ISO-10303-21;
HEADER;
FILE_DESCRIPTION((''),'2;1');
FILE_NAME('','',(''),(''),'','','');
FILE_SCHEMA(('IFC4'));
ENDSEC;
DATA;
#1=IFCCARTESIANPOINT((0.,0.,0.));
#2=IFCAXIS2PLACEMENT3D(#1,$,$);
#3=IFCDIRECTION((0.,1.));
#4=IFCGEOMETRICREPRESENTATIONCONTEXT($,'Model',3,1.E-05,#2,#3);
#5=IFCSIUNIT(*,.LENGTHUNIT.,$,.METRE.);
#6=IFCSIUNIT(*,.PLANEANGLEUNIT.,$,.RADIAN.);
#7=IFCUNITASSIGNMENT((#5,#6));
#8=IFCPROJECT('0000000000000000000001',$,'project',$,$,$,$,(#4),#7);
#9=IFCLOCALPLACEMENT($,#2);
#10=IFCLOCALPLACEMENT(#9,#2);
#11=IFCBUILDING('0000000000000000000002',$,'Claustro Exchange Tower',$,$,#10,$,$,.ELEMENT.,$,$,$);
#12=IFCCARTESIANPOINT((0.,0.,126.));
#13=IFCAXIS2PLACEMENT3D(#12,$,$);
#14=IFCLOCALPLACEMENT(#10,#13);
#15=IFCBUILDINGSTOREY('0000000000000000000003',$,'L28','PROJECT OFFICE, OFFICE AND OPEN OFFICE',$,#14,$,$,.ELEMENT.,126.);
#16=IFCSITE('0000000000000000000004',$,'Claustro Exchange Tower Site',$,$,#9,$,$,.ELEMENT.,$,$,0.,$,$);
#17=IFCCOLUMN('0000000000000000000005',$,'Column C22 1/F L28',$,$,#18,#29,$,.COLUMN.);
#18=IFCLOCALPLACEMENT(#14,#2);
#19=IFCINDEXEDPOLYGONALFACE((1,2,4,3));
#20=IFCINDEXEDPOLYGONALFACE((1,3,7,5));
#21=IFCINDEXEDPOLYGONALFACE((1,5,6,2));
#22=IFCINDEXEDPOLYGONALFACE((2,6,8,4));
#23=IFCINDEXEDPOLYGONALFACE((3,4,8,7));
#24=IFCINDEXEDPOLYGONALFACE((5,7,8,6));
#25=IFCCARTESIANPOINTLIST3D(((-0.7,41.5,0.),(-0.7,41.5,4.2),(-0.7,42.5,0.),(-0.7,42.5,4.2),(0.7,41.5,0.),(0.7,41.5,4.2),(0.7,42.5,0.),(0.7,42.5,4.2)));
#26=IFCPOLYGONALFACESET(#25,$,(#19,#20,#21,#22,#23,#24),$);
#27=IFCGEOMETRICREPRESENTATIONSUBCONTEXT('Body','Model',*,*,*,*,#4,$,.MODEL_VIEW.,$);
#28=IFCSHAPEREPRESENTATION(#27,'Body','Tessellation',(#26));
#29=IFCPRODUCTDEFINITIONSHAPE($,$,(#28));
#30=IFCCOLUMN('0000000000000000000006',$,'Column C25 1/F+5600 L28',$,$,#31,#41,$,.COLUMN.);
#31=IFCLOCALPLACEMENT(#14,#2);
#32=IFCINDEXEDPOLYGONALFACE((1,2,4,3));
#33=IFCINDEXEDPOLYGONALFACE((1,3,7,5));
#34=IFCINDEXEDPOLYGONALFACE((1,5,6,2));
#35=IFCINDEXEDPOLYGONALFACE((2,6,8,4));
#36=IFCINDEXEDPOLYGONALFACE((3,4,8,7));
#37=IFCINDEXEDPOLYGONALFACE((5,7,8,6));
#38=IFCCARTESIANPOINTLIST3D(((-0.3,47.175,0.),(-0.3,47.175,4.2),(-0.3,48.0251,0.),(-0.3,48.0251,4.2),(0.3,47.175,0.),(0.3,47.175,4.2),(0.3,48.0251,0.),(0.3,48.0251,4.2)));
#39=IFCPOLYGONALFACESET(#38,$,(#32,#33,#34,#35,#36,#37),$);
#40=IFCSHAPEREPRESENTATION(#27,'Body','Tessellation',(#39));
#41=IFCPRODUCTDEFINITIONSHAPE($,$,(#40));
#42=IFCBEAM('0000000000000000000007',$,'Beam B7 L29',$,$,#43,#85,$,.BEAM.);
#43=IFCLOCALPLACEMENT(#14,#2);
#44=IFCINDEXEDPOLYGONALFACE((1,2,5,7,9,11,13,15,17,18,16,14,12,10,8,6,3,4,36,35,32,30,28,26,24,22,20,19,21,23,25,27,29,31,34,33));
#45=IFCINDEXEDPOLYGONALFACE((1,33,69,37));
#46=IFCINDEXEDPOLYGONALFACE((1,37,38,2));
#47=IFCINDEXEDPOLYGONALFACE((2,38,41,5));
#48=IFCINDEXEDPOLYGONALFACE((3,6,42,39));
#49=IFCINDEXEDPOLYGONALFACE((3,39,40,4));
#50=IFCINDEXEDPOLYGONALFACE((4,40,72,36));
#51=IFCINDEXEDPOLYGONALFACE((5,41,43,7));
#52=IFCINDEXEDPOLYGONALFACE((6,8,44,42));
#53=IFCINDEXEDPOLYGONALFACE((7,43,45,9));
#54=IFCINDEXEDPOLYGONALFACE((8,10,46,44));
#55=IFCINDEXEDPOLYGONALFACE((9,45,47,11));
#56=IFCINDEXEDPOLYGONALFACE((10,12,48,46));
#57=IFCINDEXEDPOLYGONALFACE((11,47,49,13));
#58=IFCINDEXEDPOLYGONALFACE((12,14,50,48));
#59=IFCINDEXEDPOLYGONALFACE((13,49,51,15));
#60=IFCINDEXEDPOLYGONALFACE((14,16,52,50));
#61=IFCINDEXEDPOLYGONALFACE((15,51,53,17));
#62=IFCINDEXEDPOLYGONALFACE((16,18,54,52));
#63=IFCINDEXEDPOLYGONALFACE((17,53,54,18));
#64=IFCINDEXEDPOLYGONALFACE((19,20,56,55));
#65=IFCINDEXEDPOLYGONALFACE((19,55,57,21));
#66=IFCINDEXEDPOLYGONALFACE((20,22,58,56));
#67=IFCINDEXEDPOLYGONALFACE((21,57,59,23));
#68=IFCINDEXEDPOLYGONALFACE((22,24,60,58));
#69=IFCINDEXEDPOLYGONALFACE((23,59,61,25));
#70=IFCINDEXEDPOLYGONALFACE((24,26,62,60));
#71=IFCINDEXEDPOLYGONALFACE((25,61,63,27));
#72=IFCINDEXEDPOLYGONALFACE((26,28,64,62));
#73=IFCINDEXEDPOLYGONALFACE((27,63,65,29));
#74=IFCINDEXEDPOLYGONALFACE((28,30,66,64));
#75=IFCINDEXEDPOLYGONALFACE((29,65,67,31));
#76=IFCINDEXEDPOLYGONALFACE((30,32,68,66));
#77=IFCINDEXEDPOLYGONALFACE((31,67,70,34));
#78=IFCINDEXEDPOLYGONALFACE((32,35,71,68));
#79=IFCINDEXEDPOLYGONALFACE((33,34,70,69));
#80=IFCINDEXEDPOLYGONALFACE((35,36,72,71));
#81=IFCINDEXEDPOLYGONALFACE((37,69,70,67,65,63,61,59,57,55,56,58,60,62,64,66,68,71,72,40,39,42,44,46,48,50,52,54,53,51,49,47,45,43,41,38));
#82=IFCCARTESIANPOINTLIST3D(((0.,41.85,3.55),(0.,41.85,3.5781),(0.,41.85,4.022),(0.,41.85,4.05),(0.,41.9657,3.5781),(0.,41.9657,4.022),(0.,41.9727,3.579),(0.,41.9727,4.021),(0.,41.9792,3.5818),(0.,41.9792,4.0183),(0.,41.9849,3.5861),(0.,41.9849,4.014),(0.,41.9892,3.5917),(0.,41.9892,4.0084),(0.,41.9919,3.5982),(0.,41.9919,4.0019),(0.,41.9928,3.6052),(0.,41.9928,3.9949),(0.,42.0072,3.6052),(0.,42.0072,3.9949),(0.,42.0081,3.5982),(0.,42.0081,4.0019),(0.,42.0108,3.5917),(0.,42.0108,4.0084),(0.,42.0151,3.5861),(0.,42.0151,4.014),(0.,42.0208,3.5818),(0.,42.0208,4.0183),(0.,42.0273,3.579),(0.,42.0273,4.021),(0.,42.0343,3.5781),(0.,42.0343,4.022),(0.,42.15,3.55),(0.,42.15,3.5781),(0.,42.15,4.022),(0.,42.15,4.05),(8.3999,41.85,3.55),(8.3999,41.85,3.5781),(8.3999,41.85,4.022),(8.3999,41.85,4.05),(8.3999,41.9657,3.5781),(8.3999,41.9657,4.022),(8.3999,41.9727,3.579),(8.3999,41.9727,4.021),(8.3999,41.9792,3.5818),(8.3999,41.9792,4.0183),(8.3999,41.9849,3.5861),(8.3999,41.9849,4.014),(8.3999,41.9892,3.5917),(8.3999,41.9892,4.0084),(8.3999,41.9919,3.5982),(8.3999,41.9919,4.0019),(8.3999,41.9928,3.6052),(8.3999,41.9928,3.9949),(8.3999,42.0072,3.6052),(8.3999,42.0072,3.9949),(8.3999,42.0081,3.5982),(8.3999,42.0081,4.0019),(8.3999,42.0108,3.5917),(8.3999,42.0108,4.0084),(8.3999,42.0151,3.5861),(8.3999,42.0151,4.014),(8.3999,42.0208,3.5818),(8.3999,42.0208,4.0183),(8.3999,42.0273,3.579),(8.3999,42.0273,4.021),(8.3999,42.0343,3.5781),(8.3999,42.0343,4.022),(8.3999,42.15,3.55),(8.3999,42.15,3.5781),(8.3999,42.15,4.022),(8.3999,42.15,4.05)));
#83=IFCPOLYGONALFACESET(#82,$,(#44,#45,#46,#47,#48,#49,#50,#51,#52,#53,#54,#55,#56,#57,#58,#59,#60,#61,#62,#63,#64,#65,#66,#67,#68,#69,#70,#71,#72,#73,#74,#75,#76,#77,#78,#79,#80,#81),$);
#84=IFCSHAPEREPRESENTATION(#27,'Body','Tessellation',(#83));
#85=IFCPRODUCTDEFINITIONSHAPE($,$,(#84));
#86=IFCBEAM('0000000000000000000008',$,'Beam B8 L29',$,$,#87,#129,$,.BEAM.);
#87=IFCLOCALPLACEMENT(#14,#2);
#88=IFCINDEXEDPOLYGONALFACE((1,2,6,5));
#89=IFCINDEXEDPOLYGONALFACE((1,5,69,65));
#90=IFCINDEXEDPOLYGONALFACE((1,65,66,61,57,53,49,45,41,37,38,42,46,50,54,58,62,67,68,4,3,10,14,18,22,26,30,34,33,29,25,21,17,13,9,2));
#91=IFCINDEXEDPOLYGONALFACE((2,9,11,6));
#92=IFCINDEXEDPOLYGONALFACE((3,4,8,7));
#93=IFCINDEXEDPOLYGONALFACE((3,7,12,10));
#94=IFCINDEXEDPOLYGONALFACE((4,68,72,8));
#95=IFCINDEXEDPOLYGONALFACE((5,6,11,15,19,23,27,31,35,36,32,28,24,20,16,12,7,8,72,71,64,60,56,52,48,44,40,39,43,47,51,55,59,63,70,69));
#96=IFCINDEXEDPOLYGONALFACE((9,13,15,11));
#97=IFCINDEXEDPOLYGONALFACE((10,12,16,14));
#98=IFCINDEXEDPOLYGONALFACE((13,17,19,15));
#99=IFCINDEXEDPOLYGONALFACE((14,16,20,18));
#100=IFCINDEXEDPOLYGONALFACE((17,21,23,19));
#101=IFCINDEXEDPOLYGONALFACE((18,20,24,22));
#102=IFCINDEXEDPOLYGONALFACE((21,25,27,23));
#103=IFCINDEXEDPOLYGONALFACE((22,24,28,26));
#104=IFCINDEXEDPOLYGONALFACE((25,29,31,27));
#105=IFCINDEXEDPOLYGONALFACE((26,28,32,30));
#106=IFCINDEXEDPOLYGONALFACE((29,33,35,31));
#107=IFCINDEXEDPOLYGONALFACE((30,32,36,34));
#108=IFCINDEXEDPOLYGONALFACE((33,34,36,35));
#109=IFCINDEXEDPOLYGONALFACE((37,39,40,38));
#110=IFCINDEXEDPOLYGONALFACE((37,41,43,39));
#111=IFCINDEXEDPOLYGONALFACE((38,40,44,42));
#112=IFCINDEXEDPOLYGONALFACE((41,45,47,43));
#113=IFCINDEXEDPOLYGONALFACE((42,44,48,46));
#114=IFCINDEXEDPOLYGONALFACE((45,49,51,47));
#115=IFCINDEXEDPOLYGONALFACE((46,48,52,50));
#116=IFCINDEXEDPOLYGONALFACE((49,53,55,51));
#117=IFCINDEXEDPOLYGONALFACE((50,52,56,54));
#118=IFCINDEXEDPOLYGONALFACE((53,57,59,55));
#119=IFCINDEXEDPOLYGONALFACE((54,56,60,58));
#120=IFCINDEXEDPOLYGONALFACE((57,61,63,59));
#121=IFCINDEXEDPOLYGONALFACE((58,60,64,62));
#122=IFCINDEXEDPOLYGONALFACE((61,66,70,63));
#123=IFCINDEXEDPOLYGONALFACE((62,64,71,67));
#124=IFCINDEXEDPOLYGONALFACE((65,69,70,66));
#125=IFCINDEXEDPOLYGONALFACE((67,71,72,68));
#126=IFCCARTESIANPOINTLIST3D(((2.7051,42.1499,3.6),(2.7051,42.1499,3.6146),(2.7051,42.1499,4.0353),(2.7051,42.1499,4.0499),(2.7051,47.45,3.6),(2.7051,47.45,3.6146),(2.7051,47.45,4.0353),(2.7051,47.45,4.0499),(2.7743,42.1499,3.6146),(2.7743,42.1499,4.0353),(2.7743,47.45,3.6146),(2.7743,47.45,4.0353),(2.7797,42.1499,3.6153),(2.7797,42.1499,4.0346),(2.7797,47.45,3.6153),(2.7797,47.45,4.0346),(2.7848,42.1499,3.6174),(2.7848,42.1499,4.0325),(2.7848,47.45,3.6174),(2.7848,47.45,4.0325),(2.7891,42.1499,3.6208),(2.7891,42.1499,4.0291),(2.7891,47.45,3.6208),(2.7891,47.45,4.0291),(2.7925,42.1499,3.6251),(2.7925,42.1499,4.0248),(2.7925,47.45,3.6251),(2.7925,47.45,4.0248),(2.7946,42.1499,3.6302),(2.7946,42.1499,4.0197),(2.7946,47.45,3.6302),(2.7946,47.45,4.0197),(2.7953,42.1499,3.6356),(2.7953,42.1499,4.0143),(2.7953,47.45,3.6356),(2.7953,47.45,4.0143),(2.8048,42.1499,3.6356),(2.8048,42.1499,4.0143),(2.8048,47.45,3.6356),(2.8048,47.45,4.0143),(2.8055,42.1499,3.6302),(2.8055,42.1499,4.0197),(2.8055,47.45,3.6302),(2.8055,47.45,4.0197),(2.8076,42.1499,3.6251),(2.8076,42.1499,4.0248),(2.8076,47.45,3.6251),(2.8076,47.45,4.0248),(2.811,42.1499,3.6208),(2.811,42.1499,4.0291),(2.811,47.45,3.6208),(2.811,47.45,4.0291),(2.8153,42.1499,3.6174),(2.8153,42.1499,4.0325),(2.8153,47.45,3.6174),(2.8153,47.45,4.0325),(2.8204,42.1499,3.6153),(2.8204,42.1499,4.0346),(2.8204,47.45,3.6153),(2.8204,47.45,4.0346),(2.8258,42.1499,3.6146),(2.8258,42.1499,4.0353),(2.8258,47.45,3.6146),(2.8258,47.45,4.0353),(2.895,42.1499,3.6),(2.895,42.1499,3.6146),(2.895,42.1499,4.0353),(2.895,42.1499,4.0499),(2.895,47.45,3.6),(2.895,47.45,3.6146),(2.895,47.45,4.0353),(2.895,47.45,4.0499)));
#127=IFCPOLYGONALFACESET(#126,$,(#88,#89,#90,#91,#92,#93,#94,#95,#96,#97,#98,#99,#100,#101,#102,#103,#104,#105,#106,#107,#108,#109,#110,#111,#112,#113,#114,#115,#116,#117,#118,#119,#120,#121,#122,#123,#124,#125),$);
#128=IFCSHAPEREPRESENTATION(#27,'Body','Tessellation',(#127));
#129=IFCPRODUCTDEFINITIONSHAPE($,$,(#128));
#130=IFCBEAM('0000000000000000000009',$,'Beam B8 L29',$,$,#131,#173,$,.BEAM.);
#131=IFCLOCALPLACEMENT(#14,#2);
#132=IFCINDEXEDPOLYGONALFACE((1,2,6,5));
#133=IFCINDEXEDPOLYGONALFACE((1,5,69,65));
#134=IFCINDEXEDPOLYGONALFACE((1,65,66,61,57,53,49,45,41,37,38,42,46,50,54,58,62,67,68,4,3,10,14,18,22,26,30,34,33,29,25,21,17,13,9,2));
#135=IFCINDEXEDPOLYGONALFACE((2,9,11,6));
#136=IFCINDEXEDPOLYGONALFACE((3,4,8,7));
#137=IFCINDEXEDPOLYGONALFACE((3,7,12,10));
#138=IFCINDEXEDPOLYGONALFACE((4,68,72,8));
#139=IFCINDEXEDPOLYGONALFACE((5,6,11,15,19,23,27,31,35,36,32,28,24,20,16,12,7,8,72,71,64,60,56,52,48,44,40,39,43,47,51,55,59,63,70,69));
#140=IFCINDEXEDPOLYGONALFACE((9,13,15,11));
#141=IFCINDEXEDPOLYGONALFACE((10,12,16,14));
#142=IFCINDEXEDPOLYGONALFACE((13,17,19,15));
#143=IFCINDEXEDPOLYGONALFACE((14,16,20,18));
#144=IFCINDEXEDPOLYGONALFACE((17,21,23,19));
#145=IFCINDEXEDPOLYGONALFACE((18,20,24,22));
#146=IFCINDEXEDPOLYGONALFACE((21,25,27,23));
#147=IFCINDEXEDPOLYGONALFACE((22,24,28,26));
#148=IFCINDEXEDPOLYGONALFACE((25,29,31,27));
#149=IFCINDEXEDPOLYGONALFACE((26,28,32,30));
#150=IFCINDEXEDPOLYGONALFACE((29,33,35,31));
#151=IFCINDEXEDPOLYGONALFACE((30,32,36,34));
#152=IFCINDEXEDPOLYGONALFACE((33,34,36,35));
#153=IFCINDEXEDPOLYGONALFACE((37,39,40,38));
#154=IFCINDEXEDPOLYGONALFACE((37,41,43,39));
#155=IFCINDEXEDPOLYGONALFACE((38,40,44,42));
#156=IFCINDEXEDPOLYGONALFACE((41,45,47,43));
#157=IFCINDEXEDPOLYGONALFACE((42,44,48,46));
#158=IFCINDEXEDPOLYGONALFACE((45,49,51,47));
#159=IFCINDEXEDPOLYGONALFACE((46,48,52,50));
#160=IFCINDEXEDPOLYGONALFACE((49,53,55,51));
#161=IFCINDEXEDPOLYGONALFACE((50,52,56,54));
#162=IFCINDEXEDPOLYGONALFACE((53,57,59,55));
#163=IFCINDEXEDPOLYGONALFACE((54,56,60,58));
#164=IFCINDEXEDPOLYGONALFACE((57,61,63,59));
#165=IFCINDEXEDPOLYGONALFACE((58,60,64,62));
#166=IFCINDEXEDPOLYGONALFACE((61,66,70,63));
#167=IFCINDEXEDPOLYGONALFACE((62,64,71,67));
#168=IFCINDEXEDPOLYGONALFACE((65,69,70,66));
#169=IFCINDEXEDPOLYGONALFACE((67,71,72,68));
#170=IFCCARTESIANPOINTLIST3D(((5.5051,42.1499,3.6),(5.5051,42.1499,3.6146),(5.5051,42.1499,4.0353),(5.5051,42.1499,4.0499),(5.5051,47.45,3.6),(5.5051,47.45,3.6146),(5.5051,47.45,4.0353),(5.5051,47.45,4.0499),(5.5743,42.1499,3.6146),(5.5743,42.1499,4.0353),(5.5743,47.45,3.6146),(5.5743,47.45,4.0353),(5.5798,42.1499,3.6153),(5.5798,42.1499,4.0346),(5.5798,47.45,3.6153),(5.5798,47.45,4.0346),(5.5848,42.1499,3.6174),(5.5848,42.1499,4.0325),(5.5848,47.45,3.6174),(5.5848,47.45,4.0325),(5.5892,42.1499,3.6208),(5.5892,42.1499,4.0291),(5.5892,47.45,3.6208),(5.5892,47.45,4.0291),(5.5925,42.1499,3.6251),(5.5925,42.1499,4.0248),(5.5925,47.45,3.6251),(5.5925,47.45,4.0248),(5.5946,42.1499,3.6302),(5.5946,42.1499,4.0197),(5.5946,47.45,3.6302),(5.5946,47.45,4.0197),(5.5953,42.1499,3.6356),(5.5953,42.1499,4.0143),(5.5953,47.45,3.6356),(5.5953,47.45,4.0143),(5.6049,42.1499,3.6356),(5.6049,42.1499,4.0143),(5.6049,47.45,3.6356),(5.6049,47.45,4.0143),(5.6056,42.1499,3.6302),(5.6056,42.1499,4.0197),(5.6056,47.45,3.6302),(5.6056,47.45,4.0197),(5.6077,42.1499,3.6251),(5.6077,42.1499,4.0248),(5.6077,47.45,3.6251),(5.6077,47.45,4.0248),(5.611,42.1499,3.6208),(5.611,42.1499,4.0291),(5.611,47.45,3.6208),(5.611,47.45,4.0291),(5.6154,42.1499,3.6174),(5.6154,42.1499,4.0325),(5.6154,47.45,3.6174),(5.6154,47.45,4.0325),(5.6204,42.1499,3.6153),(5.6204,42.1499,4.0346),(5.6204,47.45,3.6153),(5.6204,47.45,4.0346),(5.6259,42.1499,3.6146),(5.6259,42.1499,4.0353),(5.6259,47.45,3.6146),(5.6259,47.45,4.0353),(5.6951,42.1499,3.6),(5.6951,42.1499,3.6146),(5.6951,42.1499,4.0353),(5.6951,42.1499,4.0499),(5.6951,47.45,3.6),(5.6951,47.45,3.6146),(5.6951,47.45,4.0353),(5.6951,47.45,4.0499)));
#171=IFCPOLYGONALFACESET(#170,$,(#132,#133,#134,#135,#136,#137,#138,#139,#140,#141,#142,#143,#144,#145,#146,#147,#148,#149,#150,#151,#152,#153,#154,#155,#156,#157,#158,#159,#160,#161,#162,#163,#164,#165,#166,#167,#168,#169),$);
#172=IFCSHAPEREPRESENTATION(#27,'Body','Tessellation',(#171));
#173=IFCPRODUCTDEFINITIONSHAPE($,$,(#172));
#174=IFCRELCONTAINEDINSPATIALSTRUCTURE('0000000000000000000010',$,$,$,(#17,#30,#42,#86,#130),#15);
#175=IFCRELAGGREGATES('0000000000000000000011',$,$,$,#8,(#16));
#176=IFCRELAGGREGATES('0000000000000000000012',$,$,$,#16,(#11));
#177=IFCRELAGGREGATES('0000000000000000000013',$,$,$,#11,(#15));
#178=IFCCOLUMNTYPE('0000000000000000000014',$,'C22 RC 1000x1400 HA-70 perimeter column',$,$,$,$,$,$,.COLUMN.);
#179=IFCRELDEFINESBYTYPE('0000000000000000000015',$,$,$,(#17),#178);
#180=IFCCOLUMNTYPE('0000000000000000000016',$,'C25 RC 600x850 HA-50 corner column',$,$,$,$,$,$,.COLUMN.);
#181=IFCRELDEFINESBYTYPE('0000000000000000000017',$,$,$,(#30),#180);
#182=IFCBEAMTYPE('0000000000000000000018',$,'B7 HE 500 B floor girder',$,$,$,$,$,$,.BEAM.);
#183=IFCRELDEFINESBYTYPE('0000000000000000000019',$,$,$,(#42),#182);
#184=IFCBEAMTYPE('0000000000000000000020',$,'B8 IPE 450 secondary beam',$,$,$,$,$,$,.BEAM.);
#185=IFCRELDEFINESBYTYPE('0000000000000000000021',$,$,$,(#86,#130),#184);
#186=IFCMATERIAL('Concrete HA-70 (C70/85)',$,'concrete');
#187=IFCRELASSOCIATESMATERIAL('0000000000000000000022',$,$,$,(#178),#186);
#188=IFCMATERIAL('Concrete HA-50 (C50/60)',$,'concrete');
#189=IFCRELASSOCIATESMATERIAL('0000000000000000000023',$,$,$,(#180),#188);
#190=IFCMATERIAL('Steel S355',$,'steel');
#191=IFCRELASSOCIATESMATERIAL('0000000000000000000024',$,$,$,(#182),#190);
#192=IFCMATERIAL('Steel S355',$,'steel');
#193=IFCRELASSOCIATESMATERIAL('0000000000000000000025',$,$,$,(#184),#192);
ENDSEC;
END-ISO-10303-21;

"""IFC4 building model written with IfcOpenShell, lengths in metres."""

from ifc_helpers import new_model, si_unit, direction, frame, origin, origin_2d, place, context, subcontext, project, spatial, rectangle, i_section, extrude, material, material_profile, profile_set, type_object, element, save


model = new_model("IFC4")

# Units and contexts
model_context = context("Model", 3, precision=1e-05, world=origin(), true_north=direction((0.0, 1.0)))
body_context = subcontext(model_context, "Body", "Model", "MODEL_VIEW")
ifc_project = project(units=[si_unit("LENGTHUNIT", "METRE"), si_unit("PLANEANGLEUNIT", "RADIAN")], contexts=[model_context])

# Site, building, storey
site_placement = place(None, origin())
site = spatial("IfcSite", under=ifc_project, at=site_placement, Name="Claustro Exchange Tower Site", CompositionType="ELEMENT", RefElevation=0.0)
building_placement = place(site_placement, origin())
building = spatial("IfcBuilding", under=site, at=building_placement, Name="Claustro Exchange Tower", CompositionType="ELEMENT")
storey_placement = place(building_placement, frame((0.0, 0.0, 126.0)))
storey = spatial("IfcBuildingStorey", under=building, at=storey_placement, Name="L28", Description="PROJECT OFFICE, OFFICE AND OPEN OFFICE", CompositionType="ELEMENT", Elevation=126.0)

# Columns
ifc_material_1 = material(Name="Concrete HA-70 (C70/85)", Category="concrete")
ifc_material_profile_1 = material_profile(ifc_material_1, rectangle(XDim=1.0, YDim=1.3999, at=origin_2d()), Name="RC 1000x1400")
ifc_profile_set_1 = profile_set([ifc_material_profile_1], Name="Concrete HA-70 (C70/85)")
column_type_1 = type_object("IfcColumnType", Name="C22 RC 1000x1400 HA-70 perimeter column", PredefinedType="COLUMN", material=ifc_profile_set_1)
column_1_placement = place(storey_placement, frame((0.0, 42.0, 0.0), z_axis=(0.0, 0.0, 1.0), x_axis=(0.0, 1.0, 0.0)))
element("IfcColumn", 1, at=column_1_placement, inside=storey, type_object=column_type_1, Name="Column C22 1/F L28", PredefinedType="COLUMN", context=body_context, shape_type="SweptSolid", body=[
    extrude(rectangle(XDim=1.0, YDim=1.3999, at=origin_2d()), origin(), (0.0, 0.0, 1.0), 4.2),
])
ifc_material_2 = material(Name="Concrete HA-50 (C50/60)", Category="concrete")
ifc_material_profile_2 = material_profile(ifc_material_2, rectangle(XDim=0.6001, YDim=0.8501, at=origin_2d()), Name="RC 600x850")
ifc_profile_set_2 = profile_set([ifc_material_profile_2], Name="Concrete HA-50 (C50/60)")
column_type_2 = type_object("IfcColumnType", Name="C25 RC 600x850 HA-50 corner column", PredefinedType="COLUMN", material=ifc_profile_set_2)
column_2_placement = place(storey_placement, frame((0.0, 47.6001, 0.0), z_axis=(0.0, 0.0, 1.0), x_axis=(1.0, 0.0, 0.0)))
element("IfcColumn", 2, at=column_2_placement, inside=storey, type_object=column_type_2, Name="Column C25 1/F+5600 L28", PredefinedType="COLUMN", context=body_context, shape_type="SweptSolid", body=[
    extrude(rectangle(XDim=0.6001, YDim=0.8501, at=origin_2d()), origin(), (0.0, 0.0, 1.0), 4.2),
])

# Beams
ifc_material_3 = material(Name="Steel S355", Category="steel")
ifc_material_profile_3 = material_profile(ifc_material_3, i_section(OverallWidth=0.3, OverallDepth=0.5, WebThickness=0.0144, FlangeThickness=0.0281, FilletRadius=0.0271, at=origin_2d()), Name="HE 500 B")
ifc_profile_set_3 = profile_set([ifc_material_profile_3], Name="Steel S355")
beam_type_1 = type_object("IfcBeamType", Name="B7 HE 500 B floor girder", PredefinedType="BEAM", material=ifc_profile_set_3)
beam_1_placement = place(storey_placement, frame((0.0, 42.0, 3.8), z_axis=(1.0, 0.0, 0.0), x_axis=(0.0, 1.0, 0.0)))
element("IfcBeam", 3, at=beam_1_placement, inside=storey, type_object=beam_type_1, Name="Beam B7 L29", PredefinedType="BEAM", context=body_context, shape_type="SweptSolid", body=[
    extrude(i_section(OverallWidth=0.3, OverallDepth=0.5, WebThickness=0.0144, FlangeThickness=0.0281, FilletRadius=0.0271, at=origin_2d()), origin(), (0.0, 0.0, 1.0), 8.3999),
])
ifc_material_4 = material(Name="Steel S355", Category="steel")
ifc_material_profile_4 = material_profile(ifc_material_4, i_section(OverallWidth=0.1899, OverallDepth=0.45, WebThickness=0.0095, FlangeThickness=0.0146, FilletRadius=0.021, at=origin_2d()), Name="IPE 450")
ifc_profile_set_4 = profile_set([ifc_material_profile_4], Name="Steel S355")
beam_type_2 = type_object("IfcBeamType", Name="B8 IPE 450 secondary beam", PredefinedType="BEAM", material=ifc_profile_set_4)
for number, where, z_axis, x_axis, name in (
    (4, (2.8, 42.1499, 3.825), (0.0, 1.0, 0.0), (-1.0, 0.0, 0.0), "Beam B8 L29"),
    (5, (5.6001, 42.1499, 3.825), (0.0, 1.0, 0.0), (-1.0, 0.0, 0.0), "Beam B8 L29"),
):
    element("IfcBeam", number, at=place(storey_placement, frame(where, z_axis=z_axis, x_axis=x_axis)), inside=storey, type_object=beam_type_2, Name=name, PredefinedType="BEAM", context=body_context, shape_type="SweptSolid", body=[
        extrude(i_section(OverallWidth=0.1899, OverallDepth=0.45, WebThickness=0.0095, FlangeThickness=0.0146, FilletRadius=0.021, at=origin_2d()), origin(), (0.0, 0.0, 1.0), 5.3),
    ])

save(model, "model.ifc")
